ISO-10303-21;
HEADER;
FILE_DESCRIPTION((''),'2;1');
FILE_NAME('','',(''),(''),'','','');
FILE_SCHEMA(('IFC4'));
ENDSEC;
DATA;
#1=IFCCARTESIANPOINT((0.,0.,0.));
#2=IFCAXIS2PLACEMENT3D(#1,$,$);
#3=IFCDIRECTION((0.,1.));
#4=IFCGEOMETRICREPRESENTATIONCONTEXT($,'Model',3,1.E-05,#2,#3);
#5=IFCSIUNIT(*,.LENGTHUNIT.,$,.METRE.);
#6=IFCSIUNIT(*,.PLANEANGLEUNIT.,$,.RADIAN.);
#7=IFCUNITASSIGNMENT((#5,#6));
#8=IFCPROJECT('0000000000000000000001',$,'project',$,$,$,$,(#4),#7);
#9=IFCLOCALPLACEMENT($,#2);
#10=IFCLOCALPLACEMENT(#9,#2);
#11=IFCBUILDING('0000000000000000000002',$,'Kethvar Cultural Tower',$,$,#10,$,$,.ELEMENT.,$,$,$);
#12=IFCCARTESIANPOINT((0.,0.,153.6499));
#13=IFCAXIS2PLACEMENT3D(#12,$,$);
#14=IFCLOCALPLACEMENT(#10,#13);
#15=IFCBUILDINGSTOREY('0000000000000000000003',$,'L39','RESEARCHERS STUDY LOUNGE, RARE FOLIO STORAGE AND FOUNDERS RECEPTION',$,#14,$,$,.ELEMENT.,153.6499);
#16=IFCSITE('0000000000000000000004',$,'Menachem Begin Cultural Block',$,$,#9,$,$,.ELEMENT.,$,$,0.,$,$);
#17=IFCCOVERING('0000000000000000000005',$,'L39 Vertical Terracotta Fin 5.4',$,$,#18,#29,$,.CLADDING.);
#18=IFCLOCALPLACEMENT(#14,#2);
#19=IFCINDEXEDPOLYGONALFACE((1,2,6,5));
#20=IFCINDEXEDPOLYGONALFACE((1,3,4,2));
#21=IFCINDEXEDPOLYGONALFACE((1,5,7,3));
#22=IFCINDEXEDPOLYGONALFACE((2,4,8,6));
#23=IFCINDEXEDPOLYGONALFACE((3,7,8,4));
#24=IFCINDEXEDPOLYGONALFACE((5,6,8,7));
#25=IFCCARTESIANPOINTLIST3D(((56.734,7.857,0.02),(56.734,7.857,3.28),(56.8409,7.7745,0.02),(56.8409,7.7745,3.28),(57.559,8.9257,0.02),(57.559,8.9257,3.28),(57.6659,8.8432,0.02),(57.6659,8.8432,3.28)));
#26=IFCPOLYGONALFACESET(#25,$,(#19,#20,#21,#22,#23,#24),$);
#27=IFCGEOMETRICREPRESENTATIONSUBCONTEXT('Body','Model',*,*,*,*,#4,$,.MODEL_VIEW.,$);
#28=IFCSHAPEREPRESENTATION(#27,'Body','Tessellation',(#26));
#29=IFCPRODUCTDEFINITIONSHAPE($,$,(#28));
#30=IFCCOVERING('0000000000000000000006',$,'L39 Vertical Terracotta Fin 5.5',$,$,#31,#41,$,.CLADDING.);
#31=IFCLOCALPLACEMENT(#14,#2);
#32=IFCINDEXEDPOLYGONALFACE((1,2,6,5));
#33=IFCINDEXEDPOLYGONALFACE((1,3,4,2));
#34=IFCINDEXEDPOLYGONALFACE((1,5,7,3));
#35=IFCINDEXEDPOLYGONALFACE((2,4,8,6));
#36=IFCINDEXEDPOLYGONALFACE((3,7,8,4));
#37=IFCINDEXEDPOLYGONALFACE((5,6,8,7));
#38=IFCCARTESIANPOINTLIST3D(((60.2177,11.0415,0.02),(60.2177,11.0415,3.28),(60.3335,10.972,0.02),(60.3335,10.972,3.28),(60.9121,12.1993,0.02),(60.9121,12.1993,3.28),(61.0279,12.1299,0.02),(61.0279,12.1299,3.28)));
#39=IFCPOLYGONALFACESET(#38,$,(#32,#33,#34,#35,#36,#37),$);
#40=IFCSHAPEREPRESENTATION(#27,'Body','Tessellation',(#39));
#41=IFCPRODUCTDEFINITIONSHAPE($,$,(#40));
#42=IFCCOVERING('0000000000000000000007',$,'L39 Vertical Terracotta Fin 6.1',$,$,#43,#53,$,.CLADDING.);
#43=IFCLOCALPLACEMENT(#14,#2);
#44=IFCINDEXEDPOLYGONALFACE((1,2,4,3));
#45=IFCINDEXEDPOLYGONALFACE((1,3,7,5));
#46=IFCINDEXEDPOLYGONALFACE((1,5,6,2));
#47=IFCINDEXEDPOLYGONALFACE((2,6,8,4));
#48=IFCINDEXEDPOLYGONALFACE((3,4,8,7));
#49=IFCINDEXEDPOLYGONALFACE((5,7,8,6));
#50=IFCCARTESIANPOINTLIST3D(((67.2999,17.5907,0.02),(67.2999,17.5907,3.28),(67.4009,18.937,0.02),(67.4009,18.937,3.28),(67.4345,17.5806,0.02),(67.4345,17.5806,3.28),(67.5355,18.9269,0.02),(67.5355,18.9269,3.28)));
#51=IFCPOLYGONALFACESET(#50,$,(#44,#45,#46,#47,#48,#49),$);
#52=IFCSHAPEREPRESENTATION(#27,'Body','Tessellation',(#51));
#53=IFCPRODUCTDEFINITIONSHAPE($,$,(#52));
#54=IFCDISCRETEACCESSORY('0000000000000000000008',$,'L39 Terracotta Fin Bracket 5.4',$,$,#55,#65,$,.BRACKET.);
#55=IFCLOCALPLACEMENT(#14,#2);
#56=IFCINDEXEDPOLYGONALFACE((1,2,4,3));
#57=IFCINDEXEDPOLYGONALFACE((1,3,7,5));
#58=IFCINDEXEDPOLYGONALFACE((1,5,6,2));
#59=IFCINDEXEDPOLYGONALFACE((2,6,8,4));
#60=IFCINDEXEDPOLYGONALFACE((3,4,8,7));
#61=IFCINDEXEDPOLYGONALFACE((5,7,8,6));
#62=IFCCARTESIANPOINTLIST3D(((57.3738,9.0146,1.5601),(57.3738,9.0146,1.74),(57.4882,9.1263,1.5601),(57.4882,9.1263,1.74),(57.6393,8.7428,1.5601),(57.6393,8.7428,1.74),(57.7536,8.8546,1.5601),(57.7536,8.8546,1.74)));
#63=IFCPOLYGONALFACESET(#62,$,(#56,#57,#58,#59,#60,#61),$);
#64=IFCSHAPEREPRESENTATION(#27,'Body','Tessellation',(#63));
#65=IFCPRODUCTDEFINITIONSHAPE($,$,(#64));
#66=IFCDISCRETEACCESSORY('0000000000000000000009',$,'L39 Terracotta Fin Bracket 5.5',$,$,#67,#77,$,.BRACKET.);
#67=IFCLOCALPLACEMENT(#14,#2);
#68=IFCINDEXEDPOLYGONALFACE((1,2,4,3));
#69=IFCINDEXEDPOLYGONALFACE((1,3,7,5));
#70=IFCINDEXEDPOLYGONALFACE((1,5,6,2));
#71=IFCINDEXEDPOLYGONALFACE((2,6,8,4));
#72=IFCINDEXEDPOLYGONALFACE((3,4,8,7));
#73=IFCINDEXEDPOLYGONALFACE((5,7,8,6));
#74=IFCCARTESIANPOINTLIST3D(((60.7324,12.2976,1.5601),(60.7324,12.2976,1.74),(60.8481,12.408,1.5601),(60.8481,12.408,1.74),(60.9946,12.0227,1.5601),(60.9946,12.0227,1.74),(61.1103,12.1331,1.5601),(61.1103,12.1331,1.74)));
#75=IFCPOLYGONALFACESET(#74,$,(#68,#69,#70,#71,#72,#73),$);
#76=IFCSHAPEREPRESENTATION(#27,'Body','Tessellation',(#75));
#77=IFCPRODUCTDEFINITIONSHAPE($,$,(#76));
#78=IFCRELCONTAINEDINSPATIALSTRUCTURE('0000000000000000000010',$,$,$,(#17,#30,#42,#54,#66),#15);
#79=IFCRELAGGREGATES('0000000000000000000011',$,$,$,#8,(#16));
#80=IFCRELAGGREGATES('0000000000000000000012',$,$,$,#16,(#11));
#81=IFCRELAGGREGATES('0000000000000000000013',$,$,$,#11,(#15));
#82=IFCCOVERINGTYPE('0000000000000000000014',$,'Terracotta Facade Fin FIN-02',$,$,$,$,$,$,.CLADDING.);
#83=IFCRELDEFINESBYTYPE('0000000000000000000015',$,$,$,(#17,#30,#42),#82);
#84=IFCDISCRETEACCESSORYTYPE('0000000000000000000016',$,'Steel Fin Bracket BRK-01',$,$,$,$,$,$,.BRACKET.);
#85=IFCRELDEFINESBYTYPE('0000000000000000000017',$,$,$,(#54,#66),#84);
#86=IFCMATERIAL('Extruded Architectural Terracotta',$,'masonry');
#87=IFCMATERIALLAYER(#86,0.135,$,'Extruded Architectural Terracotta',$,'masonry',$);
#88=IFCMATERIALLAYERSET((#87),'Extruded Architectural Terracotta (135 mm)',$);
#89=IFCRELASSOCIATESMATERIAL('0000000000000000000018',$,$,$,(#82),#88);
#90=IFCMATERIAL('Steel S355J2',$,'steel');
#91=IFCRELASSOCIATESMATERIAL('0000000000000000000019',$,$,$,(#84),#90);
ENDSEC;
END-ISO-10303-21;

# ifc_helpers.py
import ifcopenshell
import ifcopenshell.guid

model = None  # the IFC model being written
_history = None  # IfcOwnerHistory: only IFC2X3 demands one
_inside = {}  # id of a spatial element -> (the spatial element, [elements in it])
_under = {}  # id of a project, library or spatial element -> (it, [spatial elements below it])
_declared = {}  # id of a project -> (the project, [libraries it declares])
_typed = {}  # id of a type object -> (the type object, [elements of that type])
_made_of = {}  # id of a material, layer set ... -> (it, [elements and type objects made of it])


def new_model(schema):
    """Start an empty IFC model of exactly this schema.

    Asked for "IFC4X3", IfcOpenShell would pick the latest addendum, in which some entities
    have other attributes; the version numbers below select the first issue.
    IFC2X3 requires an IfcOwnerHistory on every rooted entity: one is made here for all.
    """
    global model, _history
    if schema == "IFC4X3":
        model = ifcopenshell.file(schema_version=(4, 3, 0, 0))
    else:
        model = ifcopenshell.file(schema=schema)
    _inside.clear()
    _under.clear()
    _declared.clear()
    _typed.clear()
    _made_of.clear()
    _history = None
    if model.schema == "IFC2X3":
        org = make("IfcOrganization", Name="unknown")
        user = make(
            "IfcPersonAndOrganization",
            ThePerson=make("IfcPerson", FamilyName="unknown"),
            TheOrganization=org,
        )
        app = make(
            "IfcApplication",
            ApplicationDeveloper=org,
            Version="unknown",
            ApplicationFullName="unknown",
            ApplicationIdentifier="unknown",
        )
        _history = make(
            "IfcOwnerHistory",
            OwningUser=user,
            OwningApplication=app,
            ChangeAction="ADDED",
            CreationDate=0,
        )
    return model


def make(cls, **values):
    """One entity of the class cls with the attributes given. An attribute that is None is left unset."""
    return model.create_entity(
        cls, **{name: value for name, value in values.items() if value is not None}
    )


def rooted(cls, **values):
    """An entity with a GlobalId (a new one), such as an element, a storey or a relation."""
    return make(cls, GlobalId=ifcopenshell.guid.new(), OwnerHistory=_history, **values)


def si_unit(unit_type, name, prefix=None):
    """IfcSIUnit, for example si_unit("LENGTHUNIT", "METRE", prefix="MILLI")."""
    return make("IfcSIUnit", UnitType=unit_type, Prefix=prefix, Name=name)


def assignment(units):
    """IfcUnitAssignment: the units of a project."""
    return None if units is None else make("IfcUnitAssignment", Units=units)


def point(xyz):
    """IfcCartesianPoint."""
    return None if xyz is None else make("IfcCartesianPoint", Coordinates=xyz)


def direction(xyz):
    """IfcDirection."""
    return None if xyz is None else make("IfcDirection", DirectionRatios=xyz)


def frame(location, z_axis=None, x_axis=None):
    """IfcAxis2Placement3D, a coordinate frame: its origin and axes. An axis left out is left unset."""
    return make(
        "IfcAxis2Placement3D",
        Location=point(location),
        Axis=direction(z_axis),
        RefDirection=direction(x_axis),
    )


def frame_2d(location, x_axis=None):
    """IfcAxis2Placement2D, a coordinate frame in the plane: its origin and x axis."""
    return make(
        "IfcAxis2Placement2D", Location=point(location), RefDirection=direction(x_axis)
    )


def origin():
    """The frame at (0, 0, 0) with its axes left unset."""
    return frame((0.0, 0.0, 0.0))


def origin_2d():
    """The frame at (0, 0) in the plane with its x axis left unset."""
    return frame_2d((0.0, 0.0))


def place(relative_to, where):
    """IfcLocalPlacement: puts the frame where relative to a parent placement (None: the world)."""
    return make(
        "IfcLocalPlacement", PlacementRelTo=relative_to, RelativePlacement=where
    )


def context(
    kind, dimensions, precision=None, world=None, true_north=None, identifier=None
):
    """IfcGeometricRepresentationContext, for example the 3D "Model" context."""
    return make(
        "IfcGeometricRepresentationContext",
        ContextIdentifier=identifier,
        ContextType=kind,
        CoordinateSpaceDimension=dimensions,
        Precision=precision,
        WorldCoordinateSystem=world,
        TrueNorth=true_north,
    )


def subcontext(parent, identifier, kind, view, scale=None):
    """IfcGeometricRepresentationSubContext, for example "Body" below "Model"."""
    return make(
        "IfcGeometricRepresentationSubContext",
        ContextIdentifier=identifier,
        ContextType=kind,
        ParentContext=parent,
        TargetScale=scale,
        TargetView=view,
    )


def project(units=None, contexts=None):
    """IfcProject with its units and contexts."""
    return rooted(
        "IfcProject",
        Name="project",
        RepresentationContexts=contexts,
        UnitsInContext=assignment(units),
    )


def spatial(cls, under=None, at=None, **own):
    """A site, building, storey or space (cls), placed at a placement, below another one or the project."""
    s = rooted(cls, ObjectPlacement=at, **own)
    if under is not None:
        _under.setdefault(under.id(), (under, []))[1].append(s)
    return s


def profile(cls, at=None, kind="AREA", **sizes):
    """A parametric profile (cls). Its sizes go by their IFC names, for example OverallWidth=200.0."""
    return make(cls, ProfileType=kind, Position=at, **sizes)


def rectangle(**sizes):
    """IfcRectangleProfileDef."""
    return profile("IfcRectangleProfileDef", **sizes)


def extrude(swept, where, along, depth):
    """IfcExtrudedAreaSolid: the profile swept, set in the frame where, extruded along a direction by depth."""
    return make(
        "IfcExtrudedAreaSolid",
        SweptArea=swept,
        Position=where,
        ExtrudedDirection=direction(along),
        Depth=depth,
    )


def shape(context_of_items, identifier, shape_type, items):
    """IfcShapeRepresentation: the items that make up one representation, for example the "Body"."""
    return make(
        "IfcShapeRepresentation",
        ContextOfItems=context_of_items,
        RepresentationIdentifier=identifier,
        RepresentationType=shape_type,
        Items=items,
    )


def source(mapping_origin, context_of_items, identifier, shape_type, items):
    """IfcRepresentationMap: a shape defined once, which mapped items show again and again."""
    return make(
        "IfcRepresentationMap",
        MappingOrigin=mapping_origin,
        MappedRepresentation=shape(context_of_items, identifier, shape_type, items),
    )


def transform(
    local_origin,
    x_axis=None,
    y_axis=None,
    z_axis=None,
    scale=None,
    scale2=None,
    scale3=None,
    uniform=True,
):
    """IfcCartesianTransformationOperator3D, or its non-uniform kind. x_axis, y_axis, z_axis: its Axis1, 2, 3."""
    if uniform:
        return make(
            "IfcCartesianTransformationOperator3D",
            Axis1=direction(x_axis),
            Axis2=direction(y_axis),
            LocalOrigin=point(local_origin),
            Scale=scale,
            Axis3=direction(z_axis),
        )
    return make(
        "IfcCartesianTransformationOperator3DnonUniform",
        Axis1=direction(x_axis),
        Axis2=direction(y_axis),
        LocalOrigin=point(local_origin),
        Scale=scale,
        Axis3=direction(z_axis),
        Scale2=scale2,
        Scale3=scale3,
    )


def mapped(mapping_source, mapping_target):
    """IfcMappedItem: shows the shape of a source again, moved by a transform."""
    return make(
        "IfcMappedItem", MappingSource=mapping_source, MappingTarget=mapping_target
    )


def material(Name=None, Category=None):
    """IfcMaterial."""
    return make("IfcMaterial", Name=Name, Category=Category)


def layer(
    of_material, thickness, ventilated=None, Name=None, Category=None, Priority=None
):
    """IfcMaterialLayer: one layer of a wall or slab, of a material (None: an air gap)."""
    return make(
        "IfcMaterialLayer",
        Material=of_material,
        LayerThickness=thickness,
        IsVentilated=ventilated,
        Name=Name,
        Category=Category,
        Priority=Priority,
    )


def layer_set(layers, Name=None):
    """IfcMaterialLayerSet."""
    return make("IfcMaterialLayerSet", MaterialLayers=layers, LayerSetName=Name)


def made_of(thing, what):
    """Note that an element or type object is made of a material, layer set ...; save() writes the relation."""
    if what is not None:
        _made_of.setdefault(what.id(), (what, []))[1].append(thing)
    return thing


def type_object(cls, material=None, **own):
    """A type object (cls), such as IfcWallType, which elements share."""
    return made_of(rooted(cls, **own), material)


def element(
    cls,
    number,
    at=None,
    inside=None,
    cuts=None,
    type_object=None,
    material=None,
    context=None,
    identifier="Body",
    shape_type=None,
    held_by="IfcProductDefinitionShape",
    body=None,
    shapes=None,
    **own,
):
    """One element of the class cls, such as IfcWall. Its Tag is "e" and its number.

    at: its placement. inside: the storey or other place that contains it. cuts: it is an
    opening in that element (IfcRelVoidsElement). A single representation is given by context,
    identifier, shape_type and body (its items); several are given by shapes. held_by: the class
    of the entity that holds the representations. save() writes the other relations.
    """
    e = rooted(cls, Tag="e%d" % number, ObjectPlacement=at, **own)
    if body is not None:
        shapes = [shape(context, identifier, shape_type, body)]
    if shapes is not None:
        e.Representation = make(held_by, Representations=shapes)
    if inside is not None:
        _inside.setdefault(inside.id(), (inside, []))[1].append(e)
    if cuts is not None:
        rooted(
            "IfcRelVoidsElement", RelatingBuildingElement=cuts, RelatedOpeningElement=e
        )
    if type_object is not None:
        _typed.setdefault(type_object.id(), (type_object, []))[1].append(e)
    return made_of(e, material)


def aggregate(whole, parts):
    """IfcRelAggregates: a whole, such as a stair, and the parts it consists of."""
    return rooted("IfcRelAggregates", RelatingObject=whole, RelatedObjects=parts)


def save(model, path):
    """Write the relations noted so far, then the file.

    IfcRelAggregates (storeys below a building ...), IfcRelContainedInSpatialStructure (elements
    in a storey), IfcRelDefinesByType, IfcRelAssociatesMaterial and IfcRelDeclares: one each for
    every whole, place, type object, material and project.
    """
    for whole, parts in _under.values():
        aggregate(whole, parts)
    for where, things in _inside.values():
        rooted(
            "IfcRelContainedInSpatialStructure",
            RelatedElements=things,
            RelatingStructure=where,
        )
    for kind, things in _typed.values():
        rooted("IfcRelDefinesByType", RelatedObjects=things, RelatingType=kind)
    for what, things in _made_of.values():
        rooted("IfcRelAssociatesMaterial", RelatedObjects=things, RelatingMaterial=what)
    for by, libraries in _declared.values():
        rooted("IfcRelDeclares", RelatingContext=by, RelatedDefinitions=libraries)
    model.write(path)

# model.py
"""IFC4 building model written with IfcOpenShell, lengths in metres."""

from ifc_helpers import new_model, si_unit, direction, frame, origin, origin_2d, place, context, subcontext, project, spatial, rectangle, extrude, source, transform, mapped, material, layer, layer_set, type_object, element, save


model = new_model("IFC4")

# Units and contexts
model_context = context("Model", 3, precision=1e-05, world=origin(), true_north=direction((0.0, 1.0)))
body_context = subcontext(model_context, "Body", "Model", "MODEL_VIEW")
ifc_project = project(units=[si_unit("LENGTHUNIT", "METRE"), si_unit("PLANEANGLEUNIT", "RADIAN")], contexts=[model_context])

# Site, building, storey
site_placement = place(None, origin())
site = spatial("IfcSite", under=ifc_project, at=site_placement, Name="Menachem Begin Cultural Block", CompositionType="ELEMENT", RefElevation=0.0)
building_placement = place(site_placement, origin())
building = spatial("IfcBuilding", under=site, at=building_placement, Name="Kethvar Cultural Tower", CompositionType="ELEMENT")
storey_placement = place(building_placement, frame((0.0, 0.0, 153.6499)))
storey = spatial("IfcBuildingStorey", under=building, at=storey_placement, Name="L39", Description="RESEARCHERS STUDY LOUNGE, RARE FOLIO STORAGE AND FOUNDERS RECEPTION", CompositionType="ELEMENT", Elevation=153.6499)

# Shared definitions
ifc_material_1 = material(Name="Steel S355J2", Category="steel")

# Coverings
ifc_material_2 = material(Name="Extruded Architectural Terracotta", Category="masonry")
ifc_layer_1 = layer(ifc_material_2, 0.135, Name="Extruded Architectural Terracotta", Category="masonry")
ifc_layer_set_1 = layer_set([ifc_layer_1], Name="Extruded Architectural Terracotta (135 mm)")
covering_type_1 = type_object("IfcCoveringType", Name="Terracotta Facade Fin FIN-02", PredefinedType="CLADDING", material=ifc_layer_set_1)
shared_shape_1 = source(origin(), body_context, "Body", "SweptSolid", [
    extrude(rectangle(XDim=1.3501, YDim=0.135, at=origin_2d()), origin(), (0.0, 0.0, 1.0), 3.26),
])
for number, where, z_axis, x_axis, name in (
    (1, (57.2, 8.3501, 0.02), (0.0, 0.0, 1.0), (-0.611113, -0.791544, 0.0), "L39 Vertical Terracotta Fin 5.4"),
    (2, (60.6228, 11.5857, 0.02), (0.0, 0.0, 1.0), (-0.51429, -0.857616, 0.0), "L39 Vertical Terracotta Fin 5.5"),
    (3, (67.4177, 18.2588, 0.02), (0.0, 0.0, 1.0), (-0.074805, -0.997198, 0.0), "L39 Vertical Terracotta Fin 6.1"),
):
    element("IfcCovering", number, at=place(storey_placement, frame(where, z_axis=z_axis, x_axis=x_axis)), inside=storey, type_object=covering_type_1, Name=name, PredefinedType="CLADDING", context=body_context, shape_type="MappedRepresentation", body=[
        mapped(shared_shape_1, transform((0.0, 0.0, 0.0), scale=1.0)),
    ])

# Discrete accessories
discrete_accessory_type = type_object("IfcDiscreteAccessoryType", Name="Steel Fin Bracket BRK-01", PredefinedType="BRACKET", material=ifc_material_1)
shared_shape_2 = source(origin(), body_context, "Body", "SweptSolid", [
    extrude(rectangle(XDim=0.3799, YDim=0.1599, at=origin_2d()), origin(), (0.0, 0.0, 1.0), 0.1799),
])
for number, where, z_axis, x_axis, name in (
    (4, (57.5637, 8.9346, 1.5601), (0.0, 0.0, 1.0), (0.69879, -0.715327, 0.0), "L39 Terracotta Fin Bracket 5.4"),
    (5, (60.9214, 12.2153, 1.5601), (0.0, 0.0, 1.0), (0.690251, -0.72357, 0.0), "L39 Terracotta Fin Bracket 5.5"),
):
    element("IfcDiscreteAccessory", number, at=place(storey_placement, frame(where, z_axis=z_axis, x_axis=x_axis)), inside=storey, type_object=discrete_accessory_type, Name=name, PredefinedType="BRACKET", context=body_context, shape_type="MappedRepresentation", body=[
        mapped(shared_shape_2, transform((0.0, 0.0, 0.0), scale=1.0)),
    ])

save(model, "model.ifc")
